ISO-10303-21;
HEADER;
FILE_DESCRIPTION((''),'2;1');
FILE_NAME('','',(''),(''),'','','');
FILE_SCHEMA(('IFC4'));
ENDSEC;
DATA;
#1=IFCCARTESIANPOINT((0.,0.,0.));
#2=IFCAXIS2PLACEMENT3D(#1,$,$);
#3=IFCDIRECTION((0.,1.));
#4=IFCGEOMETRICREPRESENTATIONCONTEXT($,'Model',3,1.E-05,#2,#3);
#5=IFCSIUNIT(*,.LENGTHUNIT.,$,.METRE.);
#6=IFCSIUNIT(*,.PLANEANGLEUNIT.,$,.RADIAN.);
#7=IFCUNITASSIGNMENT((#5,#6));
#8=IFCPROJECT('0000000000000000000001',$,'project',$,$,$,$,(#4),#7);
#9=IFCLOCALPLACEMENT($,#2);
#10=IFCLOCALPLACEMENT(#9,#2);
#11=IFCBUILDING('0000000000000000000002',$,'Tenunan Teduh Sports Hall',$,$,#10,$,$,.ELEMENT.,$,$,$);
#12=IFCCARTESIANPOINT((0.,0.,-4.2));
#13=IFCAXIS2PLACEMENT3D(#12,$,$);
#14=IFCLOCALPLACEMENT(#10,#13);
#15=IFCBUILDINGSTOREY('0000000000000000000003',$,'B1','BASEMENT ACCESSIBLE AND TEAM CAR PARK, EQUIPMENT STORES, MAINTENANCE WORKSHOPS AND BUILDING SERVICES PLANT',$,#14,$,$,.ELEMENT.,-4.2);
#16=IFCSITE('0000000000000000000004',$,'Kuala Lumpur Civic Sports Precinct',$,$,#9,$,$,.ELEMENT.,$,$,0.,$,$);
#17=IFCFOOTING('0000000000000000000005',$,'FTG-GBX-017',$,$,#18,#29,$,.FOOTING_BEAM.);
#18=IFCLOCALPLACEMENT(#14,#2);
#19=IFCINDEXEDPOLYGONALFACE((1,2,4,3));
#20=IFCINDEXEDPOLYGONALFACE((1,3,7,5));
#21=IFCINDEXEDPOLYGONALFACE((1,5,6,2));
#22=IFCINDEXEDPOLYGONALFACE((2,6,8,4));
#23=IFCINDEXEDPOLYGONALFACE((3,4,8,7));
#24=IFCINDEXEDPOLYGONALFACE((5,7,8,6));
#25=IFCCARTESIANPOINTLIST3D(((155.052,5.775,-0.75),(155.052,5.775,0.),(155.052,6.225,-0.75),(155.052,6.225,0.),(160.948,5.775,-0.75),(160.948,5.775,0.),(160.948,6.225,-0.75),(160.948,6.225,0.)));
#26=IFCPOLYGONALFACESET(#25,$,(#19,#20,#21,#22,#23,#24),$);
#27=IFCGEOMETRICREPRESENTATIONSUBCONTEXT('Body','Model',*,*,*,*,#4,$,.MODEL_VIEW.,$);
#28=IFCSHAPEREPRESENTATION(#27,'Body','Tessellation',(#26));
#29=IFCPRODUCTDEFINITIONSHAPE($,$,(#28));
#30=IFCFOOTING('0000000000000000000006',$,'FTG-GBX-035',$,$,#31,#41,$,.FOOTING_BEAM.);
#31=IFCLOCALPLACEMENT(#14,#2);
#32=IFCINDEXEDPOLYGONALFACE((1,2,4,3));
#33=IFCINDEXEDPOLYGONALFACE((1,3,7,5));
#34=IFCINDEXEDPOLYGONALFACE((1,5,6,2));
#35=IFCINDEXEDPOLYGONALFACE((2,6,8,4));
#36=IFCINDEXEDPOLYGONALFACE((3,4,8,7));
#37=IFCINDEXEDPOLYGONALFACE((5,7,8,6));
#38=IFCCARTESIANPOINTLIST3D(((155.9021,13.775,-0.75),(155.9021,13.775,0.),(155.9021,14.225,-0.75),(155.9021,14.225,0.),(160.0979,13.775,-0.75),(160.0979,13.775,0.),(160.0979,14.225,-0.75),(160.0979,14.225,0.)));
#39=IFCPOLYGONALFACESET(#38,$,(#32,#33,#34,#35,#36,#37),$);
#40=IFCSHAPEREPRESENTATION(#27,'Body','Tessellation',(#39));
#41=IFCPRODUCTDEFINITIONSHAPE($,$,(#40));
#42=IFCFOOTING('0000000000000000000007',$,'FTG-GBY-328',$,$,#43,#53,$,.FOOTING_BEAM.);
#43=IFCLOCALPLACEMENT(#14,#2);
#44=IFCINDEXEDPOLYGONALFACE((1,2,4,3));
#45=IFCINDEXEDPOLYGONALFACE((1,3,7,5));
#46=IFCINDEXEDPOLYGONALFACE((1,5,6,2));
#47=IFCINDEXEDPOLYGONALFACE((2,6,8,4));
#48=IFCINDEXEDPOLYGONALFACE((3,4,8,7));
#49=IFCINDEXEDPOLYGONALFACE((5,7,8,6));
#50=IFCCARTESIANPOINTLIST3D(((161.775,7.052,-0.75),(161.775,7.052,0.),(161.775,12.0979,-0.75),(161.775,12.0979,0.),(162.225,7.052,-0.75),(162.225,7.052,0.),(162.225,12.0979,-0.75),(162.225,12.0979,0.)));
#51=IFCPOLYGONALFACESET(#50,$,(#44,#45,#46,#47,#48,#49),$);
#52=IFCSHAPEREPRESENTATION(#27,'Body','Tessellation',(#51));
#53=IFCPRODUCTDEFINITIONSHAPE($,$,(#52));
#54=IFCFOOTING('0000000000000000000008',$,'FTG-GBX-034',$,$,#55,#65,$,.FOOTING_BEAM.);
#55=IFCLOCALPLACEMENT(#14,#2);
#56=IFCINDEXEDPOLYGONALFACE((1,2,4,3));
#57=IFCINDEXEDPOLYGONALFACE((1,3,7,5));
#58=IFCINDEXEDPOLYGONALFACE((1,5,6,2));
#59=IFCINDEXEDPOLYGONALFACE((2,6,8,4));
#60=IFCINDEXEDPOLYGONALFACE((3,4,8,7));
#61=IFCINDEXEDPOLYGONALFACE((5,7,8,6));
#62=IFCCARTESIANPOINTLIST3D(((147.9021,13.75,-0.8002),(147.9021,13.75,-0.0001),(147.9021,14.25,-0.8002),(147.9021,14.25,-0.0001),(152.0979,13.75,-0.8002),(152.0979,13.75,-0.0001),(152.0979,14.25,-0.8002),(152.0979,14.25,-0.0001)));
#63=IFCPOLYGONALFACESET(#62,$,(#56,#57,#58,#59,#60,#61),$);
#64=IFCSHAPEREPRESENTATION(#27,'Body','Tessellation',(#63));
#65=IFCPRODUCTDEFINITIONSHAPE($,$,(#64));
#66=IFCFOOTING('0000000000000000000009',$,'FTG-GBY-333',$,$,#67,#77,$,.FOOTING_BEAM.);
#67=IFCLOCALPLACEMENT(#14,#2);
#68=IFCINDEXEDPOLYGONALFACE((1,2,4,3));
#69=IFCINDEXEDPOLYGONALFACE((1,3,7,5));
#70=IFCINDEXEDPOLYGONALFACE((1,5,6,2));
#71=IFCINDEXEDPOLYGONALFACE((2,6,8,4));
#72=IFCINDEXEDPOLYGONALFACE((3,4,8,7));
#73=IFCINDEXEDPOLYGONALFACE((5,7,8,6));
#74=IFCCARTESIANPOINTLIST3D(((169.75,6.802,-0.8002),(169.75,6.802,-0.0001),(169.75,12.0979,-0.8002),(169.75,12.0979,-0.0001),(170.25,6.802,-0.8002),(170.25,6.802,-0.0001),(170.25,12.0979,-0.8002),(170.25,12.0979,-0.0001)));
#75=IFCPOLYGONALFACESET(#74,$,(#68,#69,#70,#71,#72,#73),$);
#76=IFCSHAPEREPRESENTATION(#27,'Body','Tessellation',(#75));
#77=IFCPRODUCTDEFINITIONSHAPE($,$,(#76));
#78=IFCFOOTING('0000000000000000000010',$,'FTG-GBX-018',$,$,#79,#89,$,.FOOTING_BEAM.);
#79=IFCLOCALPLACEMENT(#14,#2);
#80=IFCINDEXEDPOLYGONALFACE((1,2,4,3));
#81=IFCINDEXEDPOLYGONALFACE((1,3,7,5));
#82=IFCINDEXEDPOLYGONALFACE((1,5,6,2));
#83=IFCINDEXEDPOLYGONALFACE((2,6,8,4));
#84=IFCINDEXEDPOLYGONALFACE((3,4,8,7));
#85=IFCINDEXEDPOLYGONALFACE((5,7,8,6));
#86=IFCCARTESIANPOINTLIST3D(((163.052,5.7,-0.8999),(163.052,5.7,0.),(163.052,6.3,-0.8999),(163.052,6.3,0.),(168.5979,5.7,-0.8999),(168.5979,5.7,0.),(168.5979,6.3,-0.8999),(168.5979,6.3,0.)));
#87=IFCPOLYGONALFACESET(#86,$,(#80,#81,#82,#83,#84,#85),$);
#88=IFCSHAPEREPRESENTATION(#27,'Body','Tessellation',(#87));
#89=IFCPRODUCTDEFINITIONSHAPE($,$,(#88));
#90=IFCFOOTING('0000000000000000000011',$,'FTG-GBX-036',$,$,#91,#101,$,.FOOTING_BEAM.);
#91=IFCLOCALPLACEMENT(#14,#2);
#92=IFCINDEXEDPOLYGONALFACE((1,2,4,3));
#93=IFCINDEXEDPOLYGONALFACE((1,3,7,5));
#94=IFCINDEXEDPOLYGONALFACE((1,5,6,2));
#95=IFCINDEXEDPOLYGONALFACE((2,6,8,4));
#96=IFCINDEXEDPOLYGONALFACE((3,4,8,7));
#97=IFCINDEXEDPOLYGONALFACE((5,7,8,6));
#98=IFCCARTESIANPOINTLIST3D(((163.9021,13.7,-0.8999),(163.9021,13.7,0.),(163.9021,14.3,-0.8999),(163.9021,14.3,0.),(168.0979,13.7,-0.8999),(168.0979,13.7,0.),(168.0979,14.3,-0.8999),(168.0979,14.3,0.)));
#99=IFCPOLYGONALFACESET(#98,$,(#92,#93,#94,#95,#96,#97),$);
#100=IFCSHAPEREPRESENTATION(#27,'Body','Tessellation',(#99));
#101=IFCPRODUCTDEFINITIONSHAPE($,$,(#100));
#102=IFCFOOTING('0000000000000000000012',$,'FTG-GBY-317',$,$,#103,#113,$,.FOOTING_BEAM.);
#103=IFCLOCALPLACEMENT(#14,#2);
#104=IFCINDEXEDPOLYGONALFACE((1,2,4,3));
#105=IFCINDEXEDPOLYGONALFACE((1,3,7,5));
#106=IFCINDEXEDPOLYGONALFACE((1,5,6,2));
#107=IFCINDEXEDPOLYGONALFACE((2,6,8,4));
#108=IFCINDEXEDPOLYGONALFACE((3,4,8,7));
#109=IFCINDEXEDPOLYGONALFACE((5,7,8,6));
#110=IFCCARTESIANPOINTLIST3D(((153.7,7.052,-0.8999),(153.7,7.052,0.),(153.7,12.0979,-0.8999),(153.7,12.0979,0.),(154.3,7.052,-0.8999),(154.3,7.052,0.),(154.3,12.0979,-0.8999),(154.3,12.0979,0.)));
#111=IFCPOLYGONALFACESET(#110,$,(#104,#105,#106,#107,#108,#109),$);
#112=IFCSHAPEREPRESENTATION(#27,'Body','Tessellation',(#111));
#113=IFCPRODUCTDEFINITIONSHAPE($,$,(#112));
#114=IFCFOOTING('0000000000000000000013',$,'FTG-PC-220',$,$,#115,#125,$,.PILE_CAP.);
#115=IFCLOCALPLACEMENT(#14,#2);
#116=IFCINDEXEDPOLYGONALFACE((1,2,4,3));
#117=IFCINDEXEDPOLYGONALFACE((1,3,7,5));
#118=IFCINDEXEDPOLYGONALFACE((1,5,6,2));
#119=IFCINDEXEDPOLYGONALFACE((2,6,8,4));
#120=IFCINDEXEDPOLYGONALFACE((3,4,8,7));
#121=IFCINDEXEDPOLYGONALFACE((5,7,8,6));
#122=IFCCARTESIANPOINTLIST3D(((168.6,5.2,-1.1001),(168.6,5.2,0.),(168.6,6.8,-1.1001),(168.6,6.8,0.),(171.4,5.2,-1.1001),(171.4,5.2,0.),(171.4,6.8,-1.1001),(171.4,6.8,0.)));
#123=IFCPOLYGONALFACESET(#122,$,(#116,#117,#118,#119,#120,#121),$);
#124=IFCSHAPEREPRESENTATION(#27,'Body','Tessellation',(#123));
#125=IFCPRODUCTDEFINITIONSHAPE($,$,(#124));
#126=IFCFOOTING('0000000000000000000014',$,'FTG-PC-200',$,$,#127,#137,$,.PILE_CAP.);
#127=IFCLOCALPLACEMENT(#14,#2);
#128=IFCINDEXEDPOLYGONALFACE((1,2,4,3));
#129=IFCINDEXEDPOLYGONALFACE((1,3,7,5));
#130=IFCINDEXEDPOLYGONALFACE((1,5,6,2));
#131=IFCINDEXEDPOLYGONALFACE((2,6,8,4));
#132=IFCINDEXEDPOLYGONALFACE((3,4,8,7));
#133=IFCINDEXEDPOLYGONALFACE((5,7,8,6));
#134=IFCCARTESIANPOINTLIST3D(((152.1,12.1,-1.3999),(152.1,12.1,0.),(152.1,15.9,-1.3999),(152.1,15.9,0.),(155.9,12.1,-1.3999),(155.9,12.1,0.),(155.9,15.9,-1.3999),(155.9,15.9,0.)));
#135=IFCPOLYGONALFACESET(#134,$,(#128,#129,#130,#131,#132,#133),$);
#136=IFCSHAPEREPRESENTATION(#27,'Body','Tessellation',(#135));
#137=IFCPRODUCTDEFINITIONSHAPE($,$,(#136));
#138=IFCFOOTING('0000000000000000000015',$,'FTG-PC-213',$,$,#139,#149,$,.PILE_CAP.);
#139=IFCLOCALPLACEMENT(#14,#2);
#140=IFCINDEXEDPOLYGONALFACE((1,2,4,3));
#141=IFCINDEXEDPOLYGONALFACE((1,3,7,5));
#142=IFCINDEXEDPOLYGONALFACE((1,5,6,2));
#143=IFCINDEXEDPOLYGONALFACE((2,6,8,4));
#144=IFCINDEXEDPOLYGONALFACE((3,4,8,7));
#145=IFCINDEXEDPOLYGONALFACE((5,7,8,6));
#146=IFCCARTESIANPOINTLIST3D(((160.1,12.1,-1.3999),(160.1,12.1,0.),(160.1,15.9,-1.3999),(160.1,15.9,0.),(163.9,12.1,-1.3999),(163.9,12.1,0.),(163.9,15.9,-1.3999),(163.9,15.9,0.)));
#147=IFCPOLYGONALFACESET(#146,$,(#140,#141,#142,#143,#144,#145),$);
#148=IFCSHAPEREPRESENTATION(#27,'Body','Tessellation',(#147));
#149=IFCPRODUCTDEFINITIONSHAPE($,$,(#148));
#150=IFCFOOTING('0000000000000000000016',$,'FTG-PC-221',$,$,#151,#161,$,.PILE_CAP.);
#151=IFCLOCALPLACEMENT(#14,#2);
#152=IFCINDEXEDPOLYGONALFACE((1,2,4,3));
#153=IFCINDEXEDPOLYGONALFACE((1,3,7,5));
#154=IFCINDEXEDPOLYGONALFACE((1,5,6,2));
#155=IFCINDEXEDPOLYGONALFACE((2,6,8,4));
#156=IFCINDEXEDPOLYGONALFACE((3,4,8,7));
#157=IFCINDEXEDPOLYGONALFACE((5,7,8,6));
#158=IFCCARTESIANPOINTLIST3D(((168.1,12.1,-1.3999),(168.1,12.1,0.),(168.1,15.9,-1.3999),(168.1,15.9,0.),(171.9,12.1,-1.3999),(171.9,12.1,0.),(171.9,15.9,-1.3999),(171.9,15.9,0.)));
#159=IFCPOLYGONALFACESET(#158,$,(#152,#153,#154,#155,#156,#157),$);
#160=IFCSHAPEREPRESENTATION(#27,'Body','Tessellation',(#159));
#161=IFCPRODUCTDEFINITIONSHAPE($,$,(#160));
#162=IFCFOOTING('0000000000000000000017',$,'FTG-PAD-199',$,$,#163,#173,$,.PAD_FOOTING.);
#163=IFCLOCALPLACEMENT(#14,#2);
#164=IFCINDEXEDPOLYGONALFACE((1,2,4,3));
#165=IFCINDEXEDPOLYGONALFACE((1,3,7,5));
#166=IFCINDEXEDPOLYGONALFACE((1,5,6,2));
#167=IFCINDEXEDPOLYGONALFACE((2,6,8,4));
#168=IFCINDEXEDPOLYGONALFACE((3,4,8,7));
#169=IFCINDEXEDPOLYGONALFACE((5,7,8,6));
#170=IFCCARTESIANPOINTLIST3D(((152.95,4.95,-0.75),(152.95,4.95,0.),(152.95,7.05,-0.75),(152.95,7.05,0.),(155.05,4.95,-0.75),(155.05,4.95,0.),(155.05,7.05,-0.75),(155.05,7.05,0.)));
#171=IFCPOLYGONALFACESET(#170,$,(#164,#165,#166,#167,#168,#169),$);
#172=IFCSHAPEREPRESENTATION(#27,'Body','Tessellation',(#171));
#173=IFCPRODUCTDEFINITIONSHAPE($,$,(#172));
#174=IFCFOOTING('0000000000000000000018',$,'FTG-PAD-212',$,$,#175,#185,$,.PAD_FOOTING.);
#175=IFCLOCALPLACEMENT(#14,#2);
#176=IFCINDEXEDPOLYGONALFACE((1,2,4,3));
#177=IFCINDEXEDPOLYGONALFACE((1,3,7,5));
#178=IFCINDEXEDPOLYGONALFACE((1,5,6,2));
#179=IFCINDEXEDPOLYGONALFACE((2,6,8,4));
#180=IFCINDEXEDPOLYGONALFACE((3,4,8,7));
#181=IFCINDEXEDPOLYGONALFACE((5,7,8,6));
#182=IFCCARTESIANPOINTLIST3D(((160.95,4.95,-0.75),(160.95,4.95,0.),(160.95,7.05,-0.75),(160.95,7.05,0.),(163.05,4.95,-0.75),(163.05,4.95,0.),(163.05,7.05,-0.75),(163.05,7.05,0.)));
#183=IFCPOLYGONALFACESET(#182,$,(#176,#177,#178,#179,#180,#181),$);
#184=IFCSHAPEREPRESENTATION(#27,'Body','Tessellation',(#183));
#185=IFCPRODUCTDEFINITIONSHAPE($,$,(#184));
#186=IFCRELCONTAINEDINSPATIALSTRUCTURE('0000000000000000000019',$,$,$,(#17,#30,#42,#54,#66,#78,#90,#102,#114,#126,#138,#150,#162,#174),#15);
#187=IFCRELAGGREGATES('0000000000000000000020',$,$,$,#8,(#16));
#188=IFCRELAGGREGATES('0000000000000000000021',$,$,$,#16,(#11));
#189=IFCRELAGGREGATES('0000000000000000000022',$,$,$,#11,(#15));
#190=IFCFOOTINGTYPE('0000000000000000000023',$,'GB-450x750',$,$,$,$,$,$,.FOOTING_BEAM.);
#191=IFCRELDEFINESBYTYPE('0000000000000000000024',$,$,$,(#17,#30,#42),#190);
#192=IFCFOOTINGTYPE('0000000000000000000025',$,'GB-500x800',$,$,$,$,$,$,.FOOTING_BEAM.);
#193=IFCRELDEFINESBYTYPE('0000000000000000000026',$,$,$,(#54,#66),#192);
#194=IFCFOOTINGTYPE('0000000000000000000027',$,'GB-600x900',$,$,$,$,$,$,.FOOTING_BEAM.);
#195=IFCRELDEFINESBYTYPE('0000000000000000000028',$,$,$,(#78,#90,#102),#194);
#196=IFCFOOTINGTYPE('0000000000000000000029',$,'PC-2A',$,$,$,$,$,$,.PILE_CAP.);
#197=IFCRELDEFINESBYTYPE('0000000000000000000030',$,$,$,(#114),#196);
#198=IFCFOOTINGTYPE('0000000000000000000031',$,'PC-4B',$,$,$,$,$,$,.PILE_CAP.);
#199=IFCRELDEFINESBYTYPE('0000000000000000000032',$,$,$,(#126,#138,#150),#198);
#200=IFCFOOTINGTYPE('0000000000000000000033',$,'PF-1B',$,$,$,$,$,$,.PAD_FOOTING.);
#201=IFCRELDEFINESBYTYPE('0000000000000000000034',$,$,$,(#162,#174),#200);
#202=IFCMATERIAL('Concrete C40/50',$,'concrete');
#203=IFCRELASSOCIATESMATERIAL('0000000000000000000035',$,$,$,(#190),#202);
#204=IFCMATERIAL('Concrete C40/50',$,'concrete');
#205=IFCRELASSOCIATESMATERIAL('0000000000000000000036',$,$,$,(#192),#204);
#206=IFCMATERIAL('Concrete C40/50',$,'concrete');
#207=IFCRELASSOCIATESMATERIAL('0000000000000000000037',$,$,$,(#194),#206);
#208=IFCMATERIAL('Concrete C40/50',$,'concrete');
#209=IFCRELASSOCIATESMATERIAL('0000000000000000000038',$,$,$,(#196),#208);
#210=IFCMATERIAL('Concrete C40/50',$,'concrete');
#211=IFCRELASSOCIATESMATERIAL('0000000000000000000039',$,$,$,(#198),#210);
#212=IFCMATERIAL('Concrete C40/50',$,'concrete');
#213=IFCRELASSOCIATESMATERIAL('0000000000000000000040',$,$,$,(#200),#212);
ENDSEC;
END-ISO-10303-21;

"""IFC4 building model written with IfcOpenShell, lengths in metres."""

from ifc_helpers import new_model, si_unit, direction, frame, origin, origin_2d, place, context, subcontext, project, spatial, rectangle, extrude, material, material_profile, profile_set, type_object, element, save


model = new_model("IFC4")

# Units and contexts
model_context = context("Model", 3, precision=1e-05, world=origin(), true_north=direction((0.0, 1.0)))
body_context = subcontext(model_context, "Body", "Model", "MODEL_VIEW")
ifc_project = project(units=[si_unit("LENGTHUNIT", "METRE"), si_unit("PLANEANGLEUNIT", "RADIAN")], contexts=[model_context])

# Site, building, storey
site_placement = place(None, origin())
site = spatial("IfcSite", under=ifc_project, at=site_placement, Name="Kuala Lumpur Civic Sports Precinct", CompositionType="ELEMENT", RefElevation=0.0)
building_placement = place(site_placement, origin())
building = spatial("IfcBuilding", under=site, at=building_placement, Name="Tenunan Teduh Sports Hall", CompositionType="ELEMENT")
storey_placement = place(building_placement, frame((0.0, 0.0, -4.2)))
storey = spatial("IfcBuildingStorey", under=building, at=storey_placement, Name="B1", Description="BASEMENT ACCESSIBLE AND TEAM CAR PARK, EQUIPMENT STORES, MAINTENANCE WORKSHOPS AND BUILDING SERVICES PLANT", CompositionType="ELEMENT", Elevation=-4.2)

# Footings
ifc_material_1 = material(Name="Concrete C40/50", Category="concrete")
ifc_material_profile_1 = material_profile(ifc_material_1, rectangle(XDim=0.45, YDim=0.75, at=origin_2d()), Name="RCB 450x750")
ifc_profile_set_1 = profile_set([ifc_material_profile_1], Name="Concrete C40/50")
footing_type_1 = type_object("IfcFootingType", Name="GB-450x750", PredefinedType="FOOTING_BEAM", material=ifc_profile_set_1)
footing_1_placement = place(storey_placement, frame((155.052, 6.0, -0.375), z_axis=(1.0, 0.0, 0.0), x_axis=(0.0, 1.0, 0.0)))
element("IfcFooting", 1, at=footing_1_placement, inside=storey, type_object=footing_type_1, Name="FTG-GBX-017", PredefinedType="FOOTING_BEAM", context=body_context, shape_type="SweptSolid", body=[
    extrude(rectangle(XDim=0.45, YDim=0.75, at=origin_2d()), origin(), (0.0, 0.0, 1.0), 5.896),
])
footing_2_placement = place(storey_placement, frame((155.9021, 14.0, -0.375), z_axis=(1.0, 0.0, 0.0), x_axis=(0.0, 1.0, 0.0)))
element("IfcFooting", 2, at=footing_2_placement, inside=storey, type_object=footing_type_1, Name="FTG-GBX-035", PredefinedType="FOOTING_BEAM", context=body_context, shape_type="SweptSolid", body=[
    extrude(rectangle(XDim=0.45, YDim=0.75, at=origin_2d()), origin(), (0.0, 0.0, 1.0), 4.1958),
])
footing_3_placement = place(storey_placement, frame((162.0, 7.052, -0.375), z_axis=(0.0, 1.0, 0.0), x_axis=(-1.0, 0.0, 0.0)))
element("IfcFooting", 3, at=footing_3_placement, inside=storey, type_object=footing_type_1, Name="FTG-GBY-328", PredefinedType="FOOTING_BEAM", context=body_context, shape_type="SweptSolid", body=[
    extrude(rectangle(XDim=0.45, YDim=0.75, at=origin_2d()), origin(), (0.0, 0.0, 1.0), 5.0459),
])
ifc_material_2 = material(Name="Concrete C40/50", Category="concrete")
ifc_material_profile_2 = material_profile(ifc_material_2, rectangle(XDim=0.5, YDim=0.8, at=origin_2d()), Name="RCB 500x800")
ifc_profile_set_2 = profile_set([ifc_material_profile_2], Name="Concrete C40/50")
footing_type_2 = type_object("IfcFootingType", Name="GB-500x800", PredefinedType="FOOTING_BEAM", material=ifc_profile_set_2)
footing_4_placement = place(storey_placement, frame((147.9021, 14.0, -0.4001), z_axis=(1.0, 0.0, 0.0), x_axis=(0.0, 1.0, 0.0)))
element("IfcFooting", 4, at=footing_4_placement, inside=storey, type_object=footing_type_2, Name="FTG-GBX-034", PredefinedType="FOOTING_BEAM", context=body_context, shape_type="SweptSolid", body=[
    extrude(rectangle(XDim=0.5, YDim=0.8, at=origin_2d()), origin(), (0.0, 0.0, 1.0), 4.1958),
])
footing_5_placement = place(storey_placement, frame((170.0, 6.802, -0.4001), z_axis=(0.0, 1.0, 0.0), x_axis=(-1.0, 0.0, 0.0)))
element("IfcFooting", 5, at=footing_5_placement, inside=storey, type_object=footing_type_2, Name="FTG-GBY-333", PredefinedType="FOOTING_BEAM", context=body_context, shape_type="SweptSolid", body=[
    extrude(rectangle(XDim=0.5, YDim=0.8, at=origin_2d()), origin(), (0.0, 0.0, 1.0), 5.2959),
])
ifc_material_3 = material(Name="Concrete C40/50", Category="concrete")
ifc_material_profile_3 = material_profile(ifc_material_3, rectangle(XDim=0.6001, YDim=0.8999, at=origin_2d()), Name="RCB 600x900")
ifc_profile_set_3 = profile_set([ifc_material_profile_3], Name="Concrete C40/50")
footing_type_3 = type_object("IfcFootingType", Name="GB-600x900", PredefinedType="FOOTING_BEAM", material=ifc_profile_set_3)
footing_6_placement = place(storey_placement, frame((163.052, 6.0, -0.45), z_axis=(1.0, 0.0, 0.0), x_axis=(0.0, 1.0, 0.0)))
element("IfcFooting", 6, at=footing_6_placement, inside=storey, type_object=footing_type_3, Name="FTG-GBX-018", PredefinedType="FOOTING_BEAM", context=body_context, shape_type="SweptSolid", body=[
    extrude(rectangle(XDim=0.6001, YDim=0.8999, at=origin_2d()), origin(), (0.0, 0.0, 1.0), 5.5459),
])
footing_7_placement = place(storey_placement, frame((163.9021, 14.0, -0.45), z_axis=(1.0, 0.0, 0.0), x_axis=(0.0, 1.0, 0.0)))
element("IfcFooting", 7, at=footing_7_placement, inside=storey, type_object=footing_type_3, Name="FTG-GBX-036", PredefinedType="FOOTING_BEAM", context=body_context, shape_type="SweptSolid", body=[
    extrude(rectangle(XDim=0.6001, YDim=0.8999, at=origin_2d()), origin(), (0.0, 0.0, 1.0), 4.1958),
])
footing_8_placement = place(storey_placement, frame((154.0, 7.052, -0.45), z_axis=(0.0, 1.0, 0.0), x_axis=(-1.0, 0.0, 0.0)))
element("IfcFooting", 8, at=footing_8_placement, inside=storey, type_object=footing_type_3, Name="FTG-GBY-317", PredefinedType="FOOTING_BEAM", context=body_context, shape_type="SweptSolid", body=[
    extrude(rectangle(XDim=0.6001, YDim=0.8999, at=origin_2d()), origin(), (0.0, 0.0, 1.0), 5.0459),
])
ifc_material_4 = material(Name="Concrete C40/50", Category="concrete")
footing_type_4 = type_object("IfcFootingType", Name="PC-2A", PredefinedType="PILE_CAP", material=ifc_material_4)
footing_9_placement = place(storey_placement, frame((170.0, 6.0, -1.1001), z_axis=(0.0, 0.0, 1.0), x_axis=(1.0, 0.0, 0.0)))
element("IfcFooting", 9, at=footing_9_placement, inside=storey, type_object=footing_type_4, Name="FTG-PC-220", PredefinedType="PILE_CAP", context=body_context, shape_type="SweptSolid", body=[
    extrude(rectangle(XDim=2.8, YDim=1.6001, at=origin_2d()), origin(), (0.0, 0.0, 1.0), 1.1001),
])
ifc_material_5 = material(Name="Concrete C40/50", Category="concrete")
footing_type_5 = type_object("IfcFootingType", Name="PC-4B", PredefinedType="PILE_CAP", material=ifc_material_5)
for number, where, z_axis, x_axis, name in (
    (10, (154.0, 14.0, -1.3999), (0.0, 0.0, 1.0), (1.0, 0.0, 0.0), "FTG-PC-200"),
    (11, (162.0, 14.0, -1.3999), (0.0, 0.0, 1.0), (1.0, 0.0, 0.0), "FTG-PC-213"),
    (12, (170.0, 14.0, -1.3999), (0.0, 0.0, 1.0), (1.0, 0.0, 0.0), "FTG-PC-221"),
):
    element("IfcFooting", number, at=place(storey_placement, frame(where, z_axis=z_axis, x_axis=x_axis)), inside=storey, type_object=footing_type_5, Name=name, PredefinedType="PILE_CAP", context=body_context, shape_type="SweptSolid", body=[
        extrude(rectangle(XDim=3.8, YDim=3.8, at=origin_2d()), origin(), (0.0, 0.0, 1.0), 1.3999),
    ])
ifc_material_6 = material(Name="Concrete C40/50", Category="concrete")
footing_type_6 = type_object("IfcFootingType", Name="PF-1B", PredefinedType="PAD_FOOTING", material=ifc_material_6)
for number, where, z_axis, x_axis, name in (
    (13, (154.0, 6.0, -0.75), (0.0, 0.0, 1.0), (1.0, 0.0, 0.0), "FTG-PAD-199"),
    (14, (162.0, 6.0, -0.75), (0.0, 0.0, 1.0), (1.0, 0.0, 0.0), "FTG-PAD-212"),
):
    element("IfcFooting", number, at=place(storey_placement, frame(where, z_axis=z_axis, x_axis=x_axis)), inside=storey, type_object=footing_type_6, Name=name, PredefinedType="PAD_FOOTING", context=body_context, shape_type="SweptSolid", body=[
        extrude(rectangle(XDim=2.1001, YDim=2.1001, at=origin_2d()), origin(), (0.0, 0.0, 1.0), 0.75),
    ])

save(model, "model.ifc")
